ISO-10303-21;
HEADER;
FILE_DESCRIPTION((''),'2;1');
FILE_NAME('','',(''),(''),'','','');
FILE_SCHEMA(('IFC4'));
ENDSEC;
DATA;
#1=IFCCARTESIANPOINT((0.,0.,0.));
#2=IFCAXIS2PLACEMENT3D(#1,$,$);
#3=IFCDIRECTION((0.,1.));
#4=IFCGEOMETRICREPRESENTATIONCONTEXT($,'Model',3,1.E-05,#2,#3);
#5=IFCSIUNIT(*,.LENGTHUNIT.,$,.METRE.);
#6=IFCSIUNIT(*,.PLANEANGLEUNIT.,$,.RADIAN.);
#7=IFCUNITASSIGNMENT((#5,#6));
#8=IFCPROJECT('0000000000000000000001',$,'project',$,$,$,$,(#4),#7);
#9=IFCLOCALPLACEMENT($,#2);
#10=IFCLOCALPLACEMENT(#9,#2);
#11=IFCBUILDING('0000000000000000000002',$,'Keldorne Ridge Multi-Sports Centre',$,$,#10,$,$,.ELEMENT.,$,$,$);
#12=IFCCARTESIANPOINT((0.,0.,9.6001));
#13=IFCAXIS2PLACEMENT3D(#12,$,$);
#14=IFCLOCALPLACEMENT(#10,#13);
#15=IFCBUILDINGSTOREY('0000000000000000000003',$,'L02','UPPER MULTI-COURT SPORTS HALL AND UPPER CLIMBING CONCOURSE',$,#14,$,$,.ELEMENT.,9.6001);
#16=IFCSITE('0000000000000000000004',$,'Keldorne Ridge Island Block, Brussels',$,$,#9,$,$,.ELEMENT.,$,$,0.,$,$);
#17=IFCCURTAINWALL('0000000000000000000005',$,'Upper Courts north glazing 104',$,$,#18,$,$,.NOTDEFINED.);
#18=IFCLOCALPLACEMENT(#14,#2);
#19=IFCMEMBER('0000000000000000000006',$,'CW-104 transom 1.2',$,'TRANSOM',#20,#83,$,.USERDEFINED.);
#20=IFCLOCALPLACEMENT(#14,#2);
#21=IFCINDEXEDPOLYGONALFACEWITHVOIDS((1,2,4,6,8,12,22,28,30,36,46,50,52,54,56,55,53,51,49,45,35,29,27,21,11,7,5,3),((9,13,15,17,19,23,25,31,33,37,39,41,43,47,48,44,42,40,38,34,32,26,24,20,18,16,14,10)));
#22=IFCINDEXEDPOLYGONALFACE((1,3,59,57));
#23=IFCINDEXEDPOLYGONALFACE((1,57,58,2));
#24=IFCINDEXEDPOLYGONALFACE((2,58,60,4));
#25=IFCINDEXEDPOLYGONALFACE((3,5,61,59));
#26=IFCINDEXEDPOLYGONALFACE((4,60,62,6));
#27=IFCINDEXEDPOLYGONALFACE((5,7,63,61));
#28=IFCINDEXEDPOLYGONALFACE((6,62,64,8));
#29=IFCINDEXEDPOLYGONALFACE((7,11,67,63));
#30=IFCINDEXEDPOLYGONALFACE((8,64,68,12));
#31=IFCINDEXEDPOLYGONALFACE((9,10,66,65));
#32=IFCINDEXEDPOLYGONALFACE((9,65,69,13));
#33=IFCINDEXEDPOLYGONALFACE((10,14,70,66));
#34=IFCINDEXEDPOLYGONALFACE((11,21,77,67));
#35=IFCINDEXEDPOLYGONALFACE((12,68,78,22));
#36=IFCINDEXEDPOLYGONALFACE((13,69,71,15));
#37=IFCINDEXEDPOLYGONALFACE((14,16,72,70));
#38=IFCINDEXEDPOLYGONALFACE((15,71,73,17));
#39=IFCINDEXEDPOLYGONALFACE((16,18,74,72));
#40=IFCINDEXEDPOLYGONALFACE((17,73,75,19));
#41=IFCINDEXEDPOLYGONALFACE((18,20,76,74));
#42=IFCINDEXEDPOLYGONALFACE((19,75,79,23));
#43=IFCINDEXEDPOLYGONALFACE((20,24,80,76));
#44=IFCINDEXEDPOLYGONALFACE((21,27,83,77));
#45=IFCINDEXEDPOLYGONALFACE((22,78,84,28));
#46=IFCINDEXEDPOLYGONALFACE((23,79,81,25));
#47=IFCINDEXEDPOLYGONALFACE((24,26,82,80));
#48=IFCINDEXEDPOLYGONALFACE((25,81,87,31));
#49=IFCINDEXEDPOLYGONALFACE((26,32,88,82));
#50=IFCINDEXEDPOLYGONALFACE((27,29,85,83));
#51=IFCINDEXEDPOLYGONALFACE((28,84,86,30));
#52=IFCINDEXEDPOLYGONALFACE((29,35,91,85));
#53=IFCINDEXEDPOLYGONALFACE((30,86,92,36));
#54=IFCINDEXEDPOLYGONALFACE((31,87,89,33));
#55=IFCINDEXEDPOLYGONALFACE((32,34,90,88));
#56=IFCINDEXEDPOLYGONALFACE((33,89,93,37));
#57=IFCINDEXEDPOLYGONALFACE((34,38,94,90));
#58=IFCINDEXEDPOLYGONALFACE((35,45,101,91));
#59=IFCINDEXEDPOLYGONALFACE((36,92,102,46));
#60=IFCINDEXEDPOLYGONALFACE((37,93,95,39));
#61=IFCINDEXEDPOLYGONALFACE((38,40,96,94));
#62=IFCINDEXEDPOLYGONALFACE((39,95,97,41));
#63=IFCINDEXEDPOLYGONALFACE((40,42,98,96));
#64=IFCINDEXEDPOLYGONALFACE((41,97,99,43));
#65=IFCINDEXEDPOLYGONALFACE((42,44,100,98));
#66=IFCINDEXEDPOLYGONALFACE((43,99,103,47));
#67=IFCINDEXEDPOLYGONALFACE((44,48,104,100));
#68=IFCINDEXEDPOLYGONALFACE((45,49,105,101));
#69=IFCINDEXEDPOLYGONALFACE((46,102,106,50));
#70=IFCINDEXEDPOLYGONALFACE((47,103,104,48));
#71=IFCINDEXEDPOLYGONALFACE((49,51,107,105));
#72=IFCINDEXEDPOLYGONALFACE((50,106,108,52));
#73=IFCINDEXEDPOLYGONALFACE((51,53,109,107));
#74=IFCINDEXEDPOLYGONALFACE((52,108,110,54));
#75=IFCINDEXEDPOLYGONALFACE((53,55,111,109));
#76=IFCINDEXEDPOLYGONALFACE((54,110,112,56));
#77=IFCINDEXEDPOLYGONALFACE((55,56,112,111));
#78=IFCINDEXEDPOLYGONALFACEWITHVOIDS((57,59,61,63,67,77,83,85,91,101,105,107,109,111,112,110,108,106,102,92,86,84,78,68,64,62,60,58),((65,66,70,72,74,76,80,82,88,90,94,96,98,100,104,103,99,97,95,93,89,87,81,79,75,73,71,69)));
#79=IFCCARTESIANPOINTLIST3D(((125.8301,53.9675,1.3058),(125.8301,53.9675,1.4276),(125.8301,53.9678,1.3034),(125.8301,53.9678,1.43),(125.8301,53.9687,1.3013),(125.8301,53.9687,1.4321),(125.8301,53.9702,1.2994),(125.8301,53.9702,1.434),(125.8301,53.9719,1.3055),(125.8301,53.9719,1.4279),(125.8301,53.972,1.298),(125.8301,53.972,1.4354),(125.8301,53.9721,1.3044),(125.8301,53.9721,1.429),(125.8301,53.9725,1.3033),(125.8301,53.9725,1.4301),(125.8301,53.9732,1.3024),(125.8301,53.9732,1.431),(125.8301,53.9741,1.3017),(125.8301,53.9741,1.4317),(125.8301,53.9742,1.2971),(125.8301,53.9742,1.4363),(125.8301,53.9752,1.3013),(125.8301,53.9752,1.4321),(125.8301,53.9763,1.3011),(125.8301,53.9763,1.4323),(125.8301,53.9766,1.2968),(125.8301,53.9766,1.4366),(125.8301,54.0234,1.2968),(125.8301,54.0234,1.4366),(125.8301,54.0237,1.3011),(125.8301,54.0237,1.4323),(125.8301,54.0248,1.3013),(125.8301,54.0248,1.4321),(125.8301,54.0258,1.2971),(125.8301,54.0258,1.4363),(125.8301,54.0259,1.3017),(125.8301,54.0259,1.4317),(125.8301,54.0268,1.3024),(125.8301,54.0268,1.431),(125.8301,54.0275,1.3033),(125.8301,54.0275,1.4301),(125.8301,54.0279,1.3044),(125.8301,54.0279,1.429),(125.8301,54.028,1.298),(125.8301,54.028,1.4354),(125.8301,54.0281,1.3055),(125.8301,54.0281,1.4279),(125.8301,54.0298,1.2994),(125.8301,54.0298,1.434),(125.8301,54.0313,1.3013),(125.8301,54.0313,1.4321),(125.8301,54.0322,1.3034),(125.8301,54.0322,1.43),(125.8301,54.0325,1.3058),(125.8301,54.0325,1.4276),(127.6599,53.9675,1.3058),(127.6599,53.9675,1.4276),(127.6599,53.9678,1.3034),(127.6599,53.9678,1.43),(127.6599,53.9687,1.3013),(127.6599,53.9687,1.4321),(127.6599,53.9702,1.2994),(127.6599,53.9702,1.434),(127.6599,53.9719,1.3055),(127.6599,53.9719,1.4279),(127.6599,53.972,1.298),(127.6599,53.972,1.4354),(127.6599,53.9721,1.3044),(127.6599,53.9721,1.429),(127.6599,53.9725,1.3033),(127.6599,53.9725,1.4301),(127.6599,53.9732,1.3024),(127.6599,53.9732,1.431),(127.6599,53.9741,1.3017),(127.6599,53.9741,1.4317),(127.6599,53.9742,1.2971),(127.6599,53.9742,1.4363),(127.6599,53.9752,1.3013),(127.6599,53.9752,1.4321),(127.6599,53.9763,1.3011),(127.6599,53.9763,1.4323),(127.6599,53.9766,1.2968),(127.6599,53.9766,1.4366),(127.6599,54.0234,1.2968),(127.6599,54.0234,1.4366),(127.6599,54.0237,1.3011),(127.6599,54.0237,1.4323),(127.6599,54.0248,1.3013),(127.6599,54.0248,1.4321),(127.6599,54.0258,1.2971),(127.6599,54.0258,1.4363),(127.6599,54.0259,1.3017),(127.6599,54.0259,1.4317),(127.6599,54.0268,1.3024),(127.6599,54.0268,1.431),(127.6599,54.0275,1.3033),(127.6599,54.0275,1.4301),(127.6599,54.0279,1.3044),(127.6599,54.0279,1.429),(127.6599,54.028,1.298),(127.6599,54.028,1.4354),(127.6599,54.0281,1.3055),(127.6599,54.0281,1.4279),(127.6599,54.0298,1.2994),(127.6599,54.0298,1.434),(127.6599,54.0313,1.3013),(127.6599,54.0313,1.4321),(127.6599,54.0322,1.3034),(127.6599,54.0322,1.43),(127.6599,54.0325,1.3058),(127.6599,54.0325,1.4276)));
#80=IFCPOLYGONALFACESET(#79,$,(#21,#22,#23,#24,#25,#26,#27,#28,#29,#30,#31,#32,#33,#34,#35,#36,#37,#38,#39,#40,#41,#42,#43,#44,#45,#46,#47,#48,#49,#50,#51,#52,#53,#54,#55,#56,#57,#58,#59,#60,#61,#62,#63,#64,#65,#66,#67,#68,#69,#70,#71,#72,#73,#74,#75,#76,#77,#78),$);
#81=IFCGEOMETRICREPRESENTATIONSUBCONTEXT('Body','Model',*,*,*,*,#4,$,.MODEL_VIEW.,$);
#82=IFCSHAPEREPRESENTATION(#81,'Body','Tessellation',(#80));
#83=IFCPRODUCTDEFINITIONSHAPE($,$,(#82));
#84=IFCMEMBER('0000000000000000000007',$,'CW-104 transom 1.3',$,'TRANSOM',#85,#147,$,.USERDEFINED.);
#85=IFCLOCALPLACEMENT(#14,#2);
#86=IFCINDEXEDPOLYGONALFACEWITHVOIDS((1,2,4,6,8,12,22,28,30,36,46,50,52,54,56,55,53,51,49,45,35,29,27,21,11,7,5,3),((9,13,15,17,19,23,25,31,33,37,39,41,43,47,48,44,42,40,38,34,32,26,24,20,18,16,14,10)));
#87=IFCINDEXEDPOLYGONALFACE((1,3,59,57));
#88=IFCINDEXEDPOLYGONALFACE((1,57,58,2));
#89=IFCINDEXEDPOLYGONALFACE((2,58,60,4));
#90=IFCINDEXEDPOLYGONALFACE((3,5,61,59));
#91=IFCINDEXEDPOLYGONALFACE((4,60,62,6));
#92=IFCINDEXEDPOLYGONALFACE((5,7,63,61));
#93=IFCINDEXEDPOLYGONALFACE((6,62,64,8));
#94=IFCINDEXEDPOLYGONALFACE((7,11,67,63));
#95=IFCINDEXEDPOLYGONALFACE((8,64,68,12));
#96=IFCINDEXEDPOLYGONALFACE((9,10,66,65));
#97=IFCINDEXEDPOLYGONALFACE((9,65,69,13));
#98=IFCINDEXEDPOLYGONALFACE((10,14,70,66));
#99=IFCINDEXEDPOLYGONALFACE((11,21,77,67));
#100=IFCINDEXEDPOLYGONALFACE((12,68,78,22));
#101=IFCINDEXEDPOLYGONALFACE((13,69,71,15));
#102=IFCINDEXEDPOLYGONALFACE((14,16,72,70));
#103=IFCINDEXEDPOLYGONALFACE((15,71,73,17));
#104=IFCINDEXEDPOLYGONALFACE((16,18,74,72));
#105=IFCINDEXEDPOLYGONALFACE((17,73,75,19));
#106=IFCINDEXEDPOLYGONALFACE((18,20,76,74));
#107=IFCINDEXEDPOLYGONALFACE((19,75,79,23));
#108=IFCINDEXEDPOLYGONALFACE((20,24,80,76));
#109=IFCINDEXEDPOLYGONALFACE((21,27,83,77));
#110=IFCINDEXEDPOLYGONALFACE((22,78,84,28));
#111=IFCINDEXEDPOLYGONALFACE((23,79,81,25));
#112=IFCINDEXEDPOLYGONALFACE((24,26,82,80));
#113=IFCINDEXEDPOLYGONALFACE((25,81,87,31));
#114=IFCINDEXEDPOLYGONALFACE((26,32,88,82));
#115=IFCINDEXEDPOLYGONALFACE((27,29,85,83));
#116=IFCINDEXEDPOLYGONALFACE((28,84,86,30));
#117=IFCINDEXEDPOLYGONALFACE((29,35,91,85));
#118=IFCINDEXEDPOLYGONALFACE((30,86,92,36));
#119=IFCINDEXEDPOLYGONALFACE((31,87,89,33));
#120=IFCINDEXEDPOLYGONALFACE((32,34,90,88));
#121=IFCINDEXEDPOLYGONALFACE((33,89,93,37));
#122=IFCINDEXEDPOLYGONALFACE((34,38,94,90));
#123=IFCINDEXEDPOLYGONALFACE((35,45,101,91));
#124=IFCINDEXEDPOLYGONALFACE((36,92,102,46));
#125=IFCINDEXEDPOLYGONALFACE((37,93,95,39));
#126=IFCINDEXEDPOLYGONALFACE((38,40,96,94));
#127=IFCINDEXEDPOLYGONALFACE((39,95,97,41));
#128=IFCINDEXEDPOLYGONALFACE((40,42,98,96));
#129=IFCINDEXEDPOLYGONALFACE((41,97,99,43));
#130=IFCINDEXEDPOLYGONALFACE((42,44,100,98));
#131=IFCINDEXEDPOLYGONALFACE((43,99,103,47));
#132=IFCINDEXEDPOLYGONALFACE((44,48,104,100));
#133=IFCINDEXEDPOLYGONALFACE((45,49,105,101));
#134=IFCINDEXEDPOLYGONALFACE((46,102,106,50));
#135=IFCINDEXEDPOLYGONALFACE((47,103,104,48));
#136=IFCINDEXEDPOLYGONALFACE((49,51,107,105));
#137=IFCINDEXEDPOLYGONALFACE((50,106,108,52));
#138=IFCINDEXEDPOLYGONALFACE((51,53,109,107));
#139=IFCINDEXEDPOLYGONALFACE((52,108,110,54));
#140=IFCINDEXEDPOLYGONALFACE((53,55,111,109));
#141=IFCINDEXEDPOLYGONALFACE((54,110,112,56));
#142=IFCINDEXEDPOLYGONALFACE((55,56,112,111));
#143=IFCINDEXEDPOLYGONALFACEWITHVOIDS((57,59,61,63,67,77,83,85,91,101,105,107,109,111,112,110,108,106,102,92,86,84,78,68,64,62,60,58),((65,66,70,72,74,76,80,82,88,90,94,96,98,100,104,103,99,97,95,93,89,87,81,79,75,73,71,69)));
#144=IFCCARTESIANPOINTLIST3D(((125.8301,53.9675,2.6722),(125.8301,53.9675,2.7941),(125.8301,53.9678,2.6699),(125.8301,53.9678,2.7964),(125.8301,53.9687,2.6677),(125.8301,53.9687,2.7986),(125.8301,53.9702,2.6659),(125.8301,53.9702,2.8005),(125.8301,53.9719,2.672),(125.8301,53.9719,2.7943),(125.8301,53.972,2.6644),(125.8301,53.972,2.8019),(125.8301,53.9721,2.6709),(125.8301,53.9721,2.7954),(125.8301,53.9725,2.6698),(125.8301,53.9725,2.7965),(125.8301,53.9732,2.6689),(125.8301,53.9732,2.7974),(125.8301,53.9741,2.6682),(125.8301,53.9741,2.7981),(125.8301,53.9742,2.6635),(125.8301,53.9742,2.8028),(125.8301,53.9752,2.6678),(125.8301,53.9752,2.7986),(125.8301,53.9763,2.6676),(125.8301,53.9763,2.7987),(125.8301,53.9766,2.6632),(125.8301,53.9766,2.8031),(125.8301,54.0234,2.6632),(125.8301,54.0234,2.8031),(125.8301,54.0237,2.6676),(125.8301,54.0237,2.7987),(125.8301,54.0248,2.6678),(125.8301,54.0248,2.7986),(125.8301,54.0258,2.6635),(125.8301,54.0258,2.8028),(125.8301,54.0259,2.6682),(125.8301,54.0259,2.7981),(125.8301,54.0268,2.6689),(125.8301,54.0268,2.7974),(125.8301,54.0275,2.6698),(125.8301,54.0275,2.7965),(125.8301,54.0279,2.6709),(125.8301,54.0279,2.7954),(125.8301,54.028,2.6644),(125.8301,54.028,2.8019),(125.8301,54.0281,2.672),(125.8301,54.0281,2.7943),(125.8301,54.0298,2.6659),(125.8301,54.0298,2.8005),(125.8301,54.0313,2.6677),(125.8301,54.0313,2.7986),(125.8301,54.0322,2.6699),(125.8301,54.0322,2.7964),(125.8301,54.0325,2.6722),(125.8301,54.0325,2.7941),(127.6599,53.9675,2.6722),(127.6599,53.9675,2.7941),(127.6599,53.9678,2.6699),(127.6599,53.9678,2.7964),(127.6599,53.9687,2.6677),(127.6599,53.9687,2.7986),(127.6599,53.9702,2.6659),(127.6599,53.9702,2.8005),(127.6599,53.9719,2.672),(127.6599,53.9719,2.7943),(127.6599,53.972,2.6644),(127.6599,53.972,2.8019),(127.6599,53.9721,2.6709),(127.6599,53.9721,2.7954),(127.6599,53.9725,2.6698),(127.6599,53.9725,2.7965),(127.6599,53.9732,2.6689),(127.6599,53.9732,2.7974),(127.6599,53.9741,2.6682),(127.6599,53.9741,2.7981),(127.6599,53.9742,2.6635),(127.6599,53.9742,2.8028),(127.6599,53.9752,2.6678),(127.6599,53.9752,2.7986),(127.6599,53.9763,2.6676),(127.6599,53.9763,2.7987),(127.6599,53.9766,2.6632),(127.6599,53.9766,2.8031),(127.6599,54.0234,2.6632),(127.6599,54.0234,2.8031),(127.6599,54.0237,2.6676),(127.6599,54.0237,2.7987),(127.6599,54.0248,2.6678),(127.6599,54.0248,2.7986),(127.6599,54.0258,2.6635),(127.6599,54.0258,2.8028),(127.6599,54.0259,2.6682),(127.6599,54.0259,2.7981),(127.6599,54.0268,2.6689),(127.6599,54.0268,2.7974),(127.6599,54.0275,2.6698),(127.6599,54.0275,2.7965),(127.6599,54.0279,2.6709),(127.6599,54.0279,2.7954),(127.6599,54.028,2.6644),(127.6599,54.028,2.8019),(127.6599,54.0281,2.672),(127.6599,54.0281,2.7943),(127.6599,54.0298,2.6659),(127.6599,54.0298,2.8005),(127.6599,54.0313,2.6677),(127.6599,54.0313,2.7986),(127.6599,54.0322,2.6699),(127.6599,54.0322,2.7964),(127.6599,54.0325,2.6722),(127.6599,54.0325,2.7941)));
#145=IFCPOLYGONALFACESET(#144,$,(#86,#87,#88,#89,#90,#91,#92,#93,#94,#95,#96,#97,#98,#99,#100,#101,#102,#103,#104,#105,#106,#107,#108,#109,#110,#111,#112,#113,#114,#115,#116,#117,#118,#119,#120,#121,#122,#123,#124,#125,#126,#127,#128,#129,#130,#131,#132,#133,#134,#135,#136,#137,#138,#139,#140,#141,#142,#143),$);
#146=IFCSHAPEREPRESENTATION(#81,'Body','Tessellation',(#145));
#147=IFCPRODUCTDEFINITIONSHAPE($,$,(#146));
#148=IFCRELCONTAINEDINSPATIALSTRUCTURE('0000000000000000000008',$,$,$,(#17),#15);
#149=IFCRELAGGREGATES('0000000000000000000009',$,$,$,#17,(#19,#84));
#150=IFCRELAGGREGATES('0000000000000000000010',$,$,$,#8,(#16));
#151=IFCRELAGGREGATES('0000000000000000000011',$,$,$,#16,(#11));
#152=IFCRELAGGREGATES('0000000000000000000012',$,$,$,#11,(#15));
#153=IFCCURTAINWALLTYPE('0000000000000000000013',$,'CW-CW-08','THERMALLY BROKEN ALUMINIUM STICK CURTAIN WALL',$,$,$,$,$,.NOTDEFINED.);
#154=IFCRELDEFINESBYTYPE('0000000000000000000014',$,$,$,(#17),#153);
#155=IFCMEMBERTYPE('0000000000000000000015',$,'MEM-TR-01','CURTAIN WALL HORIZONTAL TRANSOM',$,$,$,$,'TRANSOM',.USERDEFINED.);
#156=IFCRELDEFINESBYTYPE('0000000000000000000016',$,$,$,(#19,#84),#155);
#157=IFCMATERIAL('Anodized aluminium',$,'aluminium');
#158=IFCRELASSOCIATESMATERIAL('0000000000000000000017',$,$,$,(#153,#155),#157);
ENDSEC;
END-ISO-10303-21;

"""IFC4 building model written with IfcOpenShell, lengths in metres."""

from ifc_helpers import new_model, si_unit, direction, frame, origin, origin_2d, place, context, subcontext, project, spatial, hollow_rectangle, extrude, material, material_profile, profile_set, type_object, element, aggregate, save


model = new_model("IFC4")

# Units and contexts
model_context = context("Model", 3, precision=1e-05, world=origin(), true_north=direction((0.0, 1.0)))
body_context = subcontext(model_context, "Body", "Model", "MODEL_VIEW")
ifc_project = project(units=[si_unit("LENGTHUNIT", "METRE"), si_unit("PLANEANGLEUNIT", "RADIAN")], contexts=[model_context])

# Site, building, storey
site_placement = place(None, origin())
site = spatial("IfcSite", under=ifc_project, at=site_placement, Name="Keldorne Ridge Island Block, Brussels", CompositionType="ELEMENT", RefElevation=0.0)
building_placement = place(site_placement, origin())
building = spatial("IfcBuilding", under=site, at=building_placement, Name="Keldorne Ridge Multi-Sports Centre", CompositionType="ELEMENT")
storey_placement = place(building_placement, frame((0.0, 0.0, 9.6001)))
storey = spatial("IfcBuildingStorey", under=building, at=storey_placement, Name="L02", Description="UPPER MULTI-COURT SPORTS HALL AND UPPER CLIMBING CONCOURSE", CompositionType="ELEMENT", Elevation=9.6001)

# Curtain wall
ifc_material_1 = material(Name="Anodized aluminium", Category="aluminium")
curtain_wall_type_1 = type_object("IfcCurtainWallType", Name="CW-CW-08", Description="THERMALLY BROKEN ALUMINIUM STICK CURTAIN WALL", PredefinedType="NOTDEFINED", material=ifc_material_1)
curtain_wall_1_placement = place(storey_placement, origin())
curtain_wall_1 = element("IfcCurtainWall", 1, at=curtain_wall_1_placement, inside=storey, type_object=curtain_wall_type_1, Name="Upper Courts north glazing 104", PredefinedType="NOTDEFINED")

# Members
ifc_material_profile_1 = material_profile(ifc_material_1, hollow_rectangle(XDim=0.0649, YDim=0.1399, WallThickness=0.0044, InnerFilletRadius=0.0044, OuterFilletRadius=0.009, at=origin_2d()), Name="ALU TRANSOM 140x65x4.5")
ifc_profile_set_1 = profile_set([ifc_material_profile_1], Name="Anodized aluminium")
member_type_1 = type_object("IfcMemberType", Name="MEM-TR-01", Description="CURTAIN WALL HORIZONTAL TRANSOM", ElementType="TRANSOM", PredefinedType="USERDEFINED", material=ifc_profile_set_1)
member_1_placement = place(storey_placement, frame((127.6599, 54.0, 1.3667), z_axis=(-1.0, 0.0, 0.0), x_axis=(0.0, -1.0, 0.0)))
member_1 = element("IfcMember", 2, at=member_1_placement, type_object=member_type_1, Name="CW-104 transom 1.2", ObjectType="TRANSOM", PredefinedType="USERDEFINED", context=body_context, shape_type="SweptSolid", body=[
    extrude(hollow_rectangle(XDim=0.0649, YDim=0.1399, WallThickness=0.0044, InnerFilletRadius=0.0044, OuterFilletRadius=0.009, at=origin_2d()), origin(), (0.0, 0.0, 1.0), 1.8298),
])
member_2_placement = place(storey_placement, frame((127.6599, 54.0, 2.7332), z_axis=(-1.0, 0.0, 0.0), x_axis=(0.0, -1.0, 0.0)))
member_2 = element("IfcMember", 3, at=member_2_placement, type_object=member_type_1, Name="CW-104 transom 1.3", ObjectType="TRANSOM", PredefinedType="USERDEFINED", context=body_context, shape_type="SweptSolid", body=[
    extrude(hollow_rectangle(XDim=0.0649, YDim=0.1399, WallThickness=0.0044, InnerFilletRadius=0.0044, OuterFilletRadius=0.009, at=origin_2d()), origin(), (0.0, 0.0, 1.0), 1.8298),
])

aggregate(curtain_wall_1, [member_1, member_2])

save(model, "model.ifc")
